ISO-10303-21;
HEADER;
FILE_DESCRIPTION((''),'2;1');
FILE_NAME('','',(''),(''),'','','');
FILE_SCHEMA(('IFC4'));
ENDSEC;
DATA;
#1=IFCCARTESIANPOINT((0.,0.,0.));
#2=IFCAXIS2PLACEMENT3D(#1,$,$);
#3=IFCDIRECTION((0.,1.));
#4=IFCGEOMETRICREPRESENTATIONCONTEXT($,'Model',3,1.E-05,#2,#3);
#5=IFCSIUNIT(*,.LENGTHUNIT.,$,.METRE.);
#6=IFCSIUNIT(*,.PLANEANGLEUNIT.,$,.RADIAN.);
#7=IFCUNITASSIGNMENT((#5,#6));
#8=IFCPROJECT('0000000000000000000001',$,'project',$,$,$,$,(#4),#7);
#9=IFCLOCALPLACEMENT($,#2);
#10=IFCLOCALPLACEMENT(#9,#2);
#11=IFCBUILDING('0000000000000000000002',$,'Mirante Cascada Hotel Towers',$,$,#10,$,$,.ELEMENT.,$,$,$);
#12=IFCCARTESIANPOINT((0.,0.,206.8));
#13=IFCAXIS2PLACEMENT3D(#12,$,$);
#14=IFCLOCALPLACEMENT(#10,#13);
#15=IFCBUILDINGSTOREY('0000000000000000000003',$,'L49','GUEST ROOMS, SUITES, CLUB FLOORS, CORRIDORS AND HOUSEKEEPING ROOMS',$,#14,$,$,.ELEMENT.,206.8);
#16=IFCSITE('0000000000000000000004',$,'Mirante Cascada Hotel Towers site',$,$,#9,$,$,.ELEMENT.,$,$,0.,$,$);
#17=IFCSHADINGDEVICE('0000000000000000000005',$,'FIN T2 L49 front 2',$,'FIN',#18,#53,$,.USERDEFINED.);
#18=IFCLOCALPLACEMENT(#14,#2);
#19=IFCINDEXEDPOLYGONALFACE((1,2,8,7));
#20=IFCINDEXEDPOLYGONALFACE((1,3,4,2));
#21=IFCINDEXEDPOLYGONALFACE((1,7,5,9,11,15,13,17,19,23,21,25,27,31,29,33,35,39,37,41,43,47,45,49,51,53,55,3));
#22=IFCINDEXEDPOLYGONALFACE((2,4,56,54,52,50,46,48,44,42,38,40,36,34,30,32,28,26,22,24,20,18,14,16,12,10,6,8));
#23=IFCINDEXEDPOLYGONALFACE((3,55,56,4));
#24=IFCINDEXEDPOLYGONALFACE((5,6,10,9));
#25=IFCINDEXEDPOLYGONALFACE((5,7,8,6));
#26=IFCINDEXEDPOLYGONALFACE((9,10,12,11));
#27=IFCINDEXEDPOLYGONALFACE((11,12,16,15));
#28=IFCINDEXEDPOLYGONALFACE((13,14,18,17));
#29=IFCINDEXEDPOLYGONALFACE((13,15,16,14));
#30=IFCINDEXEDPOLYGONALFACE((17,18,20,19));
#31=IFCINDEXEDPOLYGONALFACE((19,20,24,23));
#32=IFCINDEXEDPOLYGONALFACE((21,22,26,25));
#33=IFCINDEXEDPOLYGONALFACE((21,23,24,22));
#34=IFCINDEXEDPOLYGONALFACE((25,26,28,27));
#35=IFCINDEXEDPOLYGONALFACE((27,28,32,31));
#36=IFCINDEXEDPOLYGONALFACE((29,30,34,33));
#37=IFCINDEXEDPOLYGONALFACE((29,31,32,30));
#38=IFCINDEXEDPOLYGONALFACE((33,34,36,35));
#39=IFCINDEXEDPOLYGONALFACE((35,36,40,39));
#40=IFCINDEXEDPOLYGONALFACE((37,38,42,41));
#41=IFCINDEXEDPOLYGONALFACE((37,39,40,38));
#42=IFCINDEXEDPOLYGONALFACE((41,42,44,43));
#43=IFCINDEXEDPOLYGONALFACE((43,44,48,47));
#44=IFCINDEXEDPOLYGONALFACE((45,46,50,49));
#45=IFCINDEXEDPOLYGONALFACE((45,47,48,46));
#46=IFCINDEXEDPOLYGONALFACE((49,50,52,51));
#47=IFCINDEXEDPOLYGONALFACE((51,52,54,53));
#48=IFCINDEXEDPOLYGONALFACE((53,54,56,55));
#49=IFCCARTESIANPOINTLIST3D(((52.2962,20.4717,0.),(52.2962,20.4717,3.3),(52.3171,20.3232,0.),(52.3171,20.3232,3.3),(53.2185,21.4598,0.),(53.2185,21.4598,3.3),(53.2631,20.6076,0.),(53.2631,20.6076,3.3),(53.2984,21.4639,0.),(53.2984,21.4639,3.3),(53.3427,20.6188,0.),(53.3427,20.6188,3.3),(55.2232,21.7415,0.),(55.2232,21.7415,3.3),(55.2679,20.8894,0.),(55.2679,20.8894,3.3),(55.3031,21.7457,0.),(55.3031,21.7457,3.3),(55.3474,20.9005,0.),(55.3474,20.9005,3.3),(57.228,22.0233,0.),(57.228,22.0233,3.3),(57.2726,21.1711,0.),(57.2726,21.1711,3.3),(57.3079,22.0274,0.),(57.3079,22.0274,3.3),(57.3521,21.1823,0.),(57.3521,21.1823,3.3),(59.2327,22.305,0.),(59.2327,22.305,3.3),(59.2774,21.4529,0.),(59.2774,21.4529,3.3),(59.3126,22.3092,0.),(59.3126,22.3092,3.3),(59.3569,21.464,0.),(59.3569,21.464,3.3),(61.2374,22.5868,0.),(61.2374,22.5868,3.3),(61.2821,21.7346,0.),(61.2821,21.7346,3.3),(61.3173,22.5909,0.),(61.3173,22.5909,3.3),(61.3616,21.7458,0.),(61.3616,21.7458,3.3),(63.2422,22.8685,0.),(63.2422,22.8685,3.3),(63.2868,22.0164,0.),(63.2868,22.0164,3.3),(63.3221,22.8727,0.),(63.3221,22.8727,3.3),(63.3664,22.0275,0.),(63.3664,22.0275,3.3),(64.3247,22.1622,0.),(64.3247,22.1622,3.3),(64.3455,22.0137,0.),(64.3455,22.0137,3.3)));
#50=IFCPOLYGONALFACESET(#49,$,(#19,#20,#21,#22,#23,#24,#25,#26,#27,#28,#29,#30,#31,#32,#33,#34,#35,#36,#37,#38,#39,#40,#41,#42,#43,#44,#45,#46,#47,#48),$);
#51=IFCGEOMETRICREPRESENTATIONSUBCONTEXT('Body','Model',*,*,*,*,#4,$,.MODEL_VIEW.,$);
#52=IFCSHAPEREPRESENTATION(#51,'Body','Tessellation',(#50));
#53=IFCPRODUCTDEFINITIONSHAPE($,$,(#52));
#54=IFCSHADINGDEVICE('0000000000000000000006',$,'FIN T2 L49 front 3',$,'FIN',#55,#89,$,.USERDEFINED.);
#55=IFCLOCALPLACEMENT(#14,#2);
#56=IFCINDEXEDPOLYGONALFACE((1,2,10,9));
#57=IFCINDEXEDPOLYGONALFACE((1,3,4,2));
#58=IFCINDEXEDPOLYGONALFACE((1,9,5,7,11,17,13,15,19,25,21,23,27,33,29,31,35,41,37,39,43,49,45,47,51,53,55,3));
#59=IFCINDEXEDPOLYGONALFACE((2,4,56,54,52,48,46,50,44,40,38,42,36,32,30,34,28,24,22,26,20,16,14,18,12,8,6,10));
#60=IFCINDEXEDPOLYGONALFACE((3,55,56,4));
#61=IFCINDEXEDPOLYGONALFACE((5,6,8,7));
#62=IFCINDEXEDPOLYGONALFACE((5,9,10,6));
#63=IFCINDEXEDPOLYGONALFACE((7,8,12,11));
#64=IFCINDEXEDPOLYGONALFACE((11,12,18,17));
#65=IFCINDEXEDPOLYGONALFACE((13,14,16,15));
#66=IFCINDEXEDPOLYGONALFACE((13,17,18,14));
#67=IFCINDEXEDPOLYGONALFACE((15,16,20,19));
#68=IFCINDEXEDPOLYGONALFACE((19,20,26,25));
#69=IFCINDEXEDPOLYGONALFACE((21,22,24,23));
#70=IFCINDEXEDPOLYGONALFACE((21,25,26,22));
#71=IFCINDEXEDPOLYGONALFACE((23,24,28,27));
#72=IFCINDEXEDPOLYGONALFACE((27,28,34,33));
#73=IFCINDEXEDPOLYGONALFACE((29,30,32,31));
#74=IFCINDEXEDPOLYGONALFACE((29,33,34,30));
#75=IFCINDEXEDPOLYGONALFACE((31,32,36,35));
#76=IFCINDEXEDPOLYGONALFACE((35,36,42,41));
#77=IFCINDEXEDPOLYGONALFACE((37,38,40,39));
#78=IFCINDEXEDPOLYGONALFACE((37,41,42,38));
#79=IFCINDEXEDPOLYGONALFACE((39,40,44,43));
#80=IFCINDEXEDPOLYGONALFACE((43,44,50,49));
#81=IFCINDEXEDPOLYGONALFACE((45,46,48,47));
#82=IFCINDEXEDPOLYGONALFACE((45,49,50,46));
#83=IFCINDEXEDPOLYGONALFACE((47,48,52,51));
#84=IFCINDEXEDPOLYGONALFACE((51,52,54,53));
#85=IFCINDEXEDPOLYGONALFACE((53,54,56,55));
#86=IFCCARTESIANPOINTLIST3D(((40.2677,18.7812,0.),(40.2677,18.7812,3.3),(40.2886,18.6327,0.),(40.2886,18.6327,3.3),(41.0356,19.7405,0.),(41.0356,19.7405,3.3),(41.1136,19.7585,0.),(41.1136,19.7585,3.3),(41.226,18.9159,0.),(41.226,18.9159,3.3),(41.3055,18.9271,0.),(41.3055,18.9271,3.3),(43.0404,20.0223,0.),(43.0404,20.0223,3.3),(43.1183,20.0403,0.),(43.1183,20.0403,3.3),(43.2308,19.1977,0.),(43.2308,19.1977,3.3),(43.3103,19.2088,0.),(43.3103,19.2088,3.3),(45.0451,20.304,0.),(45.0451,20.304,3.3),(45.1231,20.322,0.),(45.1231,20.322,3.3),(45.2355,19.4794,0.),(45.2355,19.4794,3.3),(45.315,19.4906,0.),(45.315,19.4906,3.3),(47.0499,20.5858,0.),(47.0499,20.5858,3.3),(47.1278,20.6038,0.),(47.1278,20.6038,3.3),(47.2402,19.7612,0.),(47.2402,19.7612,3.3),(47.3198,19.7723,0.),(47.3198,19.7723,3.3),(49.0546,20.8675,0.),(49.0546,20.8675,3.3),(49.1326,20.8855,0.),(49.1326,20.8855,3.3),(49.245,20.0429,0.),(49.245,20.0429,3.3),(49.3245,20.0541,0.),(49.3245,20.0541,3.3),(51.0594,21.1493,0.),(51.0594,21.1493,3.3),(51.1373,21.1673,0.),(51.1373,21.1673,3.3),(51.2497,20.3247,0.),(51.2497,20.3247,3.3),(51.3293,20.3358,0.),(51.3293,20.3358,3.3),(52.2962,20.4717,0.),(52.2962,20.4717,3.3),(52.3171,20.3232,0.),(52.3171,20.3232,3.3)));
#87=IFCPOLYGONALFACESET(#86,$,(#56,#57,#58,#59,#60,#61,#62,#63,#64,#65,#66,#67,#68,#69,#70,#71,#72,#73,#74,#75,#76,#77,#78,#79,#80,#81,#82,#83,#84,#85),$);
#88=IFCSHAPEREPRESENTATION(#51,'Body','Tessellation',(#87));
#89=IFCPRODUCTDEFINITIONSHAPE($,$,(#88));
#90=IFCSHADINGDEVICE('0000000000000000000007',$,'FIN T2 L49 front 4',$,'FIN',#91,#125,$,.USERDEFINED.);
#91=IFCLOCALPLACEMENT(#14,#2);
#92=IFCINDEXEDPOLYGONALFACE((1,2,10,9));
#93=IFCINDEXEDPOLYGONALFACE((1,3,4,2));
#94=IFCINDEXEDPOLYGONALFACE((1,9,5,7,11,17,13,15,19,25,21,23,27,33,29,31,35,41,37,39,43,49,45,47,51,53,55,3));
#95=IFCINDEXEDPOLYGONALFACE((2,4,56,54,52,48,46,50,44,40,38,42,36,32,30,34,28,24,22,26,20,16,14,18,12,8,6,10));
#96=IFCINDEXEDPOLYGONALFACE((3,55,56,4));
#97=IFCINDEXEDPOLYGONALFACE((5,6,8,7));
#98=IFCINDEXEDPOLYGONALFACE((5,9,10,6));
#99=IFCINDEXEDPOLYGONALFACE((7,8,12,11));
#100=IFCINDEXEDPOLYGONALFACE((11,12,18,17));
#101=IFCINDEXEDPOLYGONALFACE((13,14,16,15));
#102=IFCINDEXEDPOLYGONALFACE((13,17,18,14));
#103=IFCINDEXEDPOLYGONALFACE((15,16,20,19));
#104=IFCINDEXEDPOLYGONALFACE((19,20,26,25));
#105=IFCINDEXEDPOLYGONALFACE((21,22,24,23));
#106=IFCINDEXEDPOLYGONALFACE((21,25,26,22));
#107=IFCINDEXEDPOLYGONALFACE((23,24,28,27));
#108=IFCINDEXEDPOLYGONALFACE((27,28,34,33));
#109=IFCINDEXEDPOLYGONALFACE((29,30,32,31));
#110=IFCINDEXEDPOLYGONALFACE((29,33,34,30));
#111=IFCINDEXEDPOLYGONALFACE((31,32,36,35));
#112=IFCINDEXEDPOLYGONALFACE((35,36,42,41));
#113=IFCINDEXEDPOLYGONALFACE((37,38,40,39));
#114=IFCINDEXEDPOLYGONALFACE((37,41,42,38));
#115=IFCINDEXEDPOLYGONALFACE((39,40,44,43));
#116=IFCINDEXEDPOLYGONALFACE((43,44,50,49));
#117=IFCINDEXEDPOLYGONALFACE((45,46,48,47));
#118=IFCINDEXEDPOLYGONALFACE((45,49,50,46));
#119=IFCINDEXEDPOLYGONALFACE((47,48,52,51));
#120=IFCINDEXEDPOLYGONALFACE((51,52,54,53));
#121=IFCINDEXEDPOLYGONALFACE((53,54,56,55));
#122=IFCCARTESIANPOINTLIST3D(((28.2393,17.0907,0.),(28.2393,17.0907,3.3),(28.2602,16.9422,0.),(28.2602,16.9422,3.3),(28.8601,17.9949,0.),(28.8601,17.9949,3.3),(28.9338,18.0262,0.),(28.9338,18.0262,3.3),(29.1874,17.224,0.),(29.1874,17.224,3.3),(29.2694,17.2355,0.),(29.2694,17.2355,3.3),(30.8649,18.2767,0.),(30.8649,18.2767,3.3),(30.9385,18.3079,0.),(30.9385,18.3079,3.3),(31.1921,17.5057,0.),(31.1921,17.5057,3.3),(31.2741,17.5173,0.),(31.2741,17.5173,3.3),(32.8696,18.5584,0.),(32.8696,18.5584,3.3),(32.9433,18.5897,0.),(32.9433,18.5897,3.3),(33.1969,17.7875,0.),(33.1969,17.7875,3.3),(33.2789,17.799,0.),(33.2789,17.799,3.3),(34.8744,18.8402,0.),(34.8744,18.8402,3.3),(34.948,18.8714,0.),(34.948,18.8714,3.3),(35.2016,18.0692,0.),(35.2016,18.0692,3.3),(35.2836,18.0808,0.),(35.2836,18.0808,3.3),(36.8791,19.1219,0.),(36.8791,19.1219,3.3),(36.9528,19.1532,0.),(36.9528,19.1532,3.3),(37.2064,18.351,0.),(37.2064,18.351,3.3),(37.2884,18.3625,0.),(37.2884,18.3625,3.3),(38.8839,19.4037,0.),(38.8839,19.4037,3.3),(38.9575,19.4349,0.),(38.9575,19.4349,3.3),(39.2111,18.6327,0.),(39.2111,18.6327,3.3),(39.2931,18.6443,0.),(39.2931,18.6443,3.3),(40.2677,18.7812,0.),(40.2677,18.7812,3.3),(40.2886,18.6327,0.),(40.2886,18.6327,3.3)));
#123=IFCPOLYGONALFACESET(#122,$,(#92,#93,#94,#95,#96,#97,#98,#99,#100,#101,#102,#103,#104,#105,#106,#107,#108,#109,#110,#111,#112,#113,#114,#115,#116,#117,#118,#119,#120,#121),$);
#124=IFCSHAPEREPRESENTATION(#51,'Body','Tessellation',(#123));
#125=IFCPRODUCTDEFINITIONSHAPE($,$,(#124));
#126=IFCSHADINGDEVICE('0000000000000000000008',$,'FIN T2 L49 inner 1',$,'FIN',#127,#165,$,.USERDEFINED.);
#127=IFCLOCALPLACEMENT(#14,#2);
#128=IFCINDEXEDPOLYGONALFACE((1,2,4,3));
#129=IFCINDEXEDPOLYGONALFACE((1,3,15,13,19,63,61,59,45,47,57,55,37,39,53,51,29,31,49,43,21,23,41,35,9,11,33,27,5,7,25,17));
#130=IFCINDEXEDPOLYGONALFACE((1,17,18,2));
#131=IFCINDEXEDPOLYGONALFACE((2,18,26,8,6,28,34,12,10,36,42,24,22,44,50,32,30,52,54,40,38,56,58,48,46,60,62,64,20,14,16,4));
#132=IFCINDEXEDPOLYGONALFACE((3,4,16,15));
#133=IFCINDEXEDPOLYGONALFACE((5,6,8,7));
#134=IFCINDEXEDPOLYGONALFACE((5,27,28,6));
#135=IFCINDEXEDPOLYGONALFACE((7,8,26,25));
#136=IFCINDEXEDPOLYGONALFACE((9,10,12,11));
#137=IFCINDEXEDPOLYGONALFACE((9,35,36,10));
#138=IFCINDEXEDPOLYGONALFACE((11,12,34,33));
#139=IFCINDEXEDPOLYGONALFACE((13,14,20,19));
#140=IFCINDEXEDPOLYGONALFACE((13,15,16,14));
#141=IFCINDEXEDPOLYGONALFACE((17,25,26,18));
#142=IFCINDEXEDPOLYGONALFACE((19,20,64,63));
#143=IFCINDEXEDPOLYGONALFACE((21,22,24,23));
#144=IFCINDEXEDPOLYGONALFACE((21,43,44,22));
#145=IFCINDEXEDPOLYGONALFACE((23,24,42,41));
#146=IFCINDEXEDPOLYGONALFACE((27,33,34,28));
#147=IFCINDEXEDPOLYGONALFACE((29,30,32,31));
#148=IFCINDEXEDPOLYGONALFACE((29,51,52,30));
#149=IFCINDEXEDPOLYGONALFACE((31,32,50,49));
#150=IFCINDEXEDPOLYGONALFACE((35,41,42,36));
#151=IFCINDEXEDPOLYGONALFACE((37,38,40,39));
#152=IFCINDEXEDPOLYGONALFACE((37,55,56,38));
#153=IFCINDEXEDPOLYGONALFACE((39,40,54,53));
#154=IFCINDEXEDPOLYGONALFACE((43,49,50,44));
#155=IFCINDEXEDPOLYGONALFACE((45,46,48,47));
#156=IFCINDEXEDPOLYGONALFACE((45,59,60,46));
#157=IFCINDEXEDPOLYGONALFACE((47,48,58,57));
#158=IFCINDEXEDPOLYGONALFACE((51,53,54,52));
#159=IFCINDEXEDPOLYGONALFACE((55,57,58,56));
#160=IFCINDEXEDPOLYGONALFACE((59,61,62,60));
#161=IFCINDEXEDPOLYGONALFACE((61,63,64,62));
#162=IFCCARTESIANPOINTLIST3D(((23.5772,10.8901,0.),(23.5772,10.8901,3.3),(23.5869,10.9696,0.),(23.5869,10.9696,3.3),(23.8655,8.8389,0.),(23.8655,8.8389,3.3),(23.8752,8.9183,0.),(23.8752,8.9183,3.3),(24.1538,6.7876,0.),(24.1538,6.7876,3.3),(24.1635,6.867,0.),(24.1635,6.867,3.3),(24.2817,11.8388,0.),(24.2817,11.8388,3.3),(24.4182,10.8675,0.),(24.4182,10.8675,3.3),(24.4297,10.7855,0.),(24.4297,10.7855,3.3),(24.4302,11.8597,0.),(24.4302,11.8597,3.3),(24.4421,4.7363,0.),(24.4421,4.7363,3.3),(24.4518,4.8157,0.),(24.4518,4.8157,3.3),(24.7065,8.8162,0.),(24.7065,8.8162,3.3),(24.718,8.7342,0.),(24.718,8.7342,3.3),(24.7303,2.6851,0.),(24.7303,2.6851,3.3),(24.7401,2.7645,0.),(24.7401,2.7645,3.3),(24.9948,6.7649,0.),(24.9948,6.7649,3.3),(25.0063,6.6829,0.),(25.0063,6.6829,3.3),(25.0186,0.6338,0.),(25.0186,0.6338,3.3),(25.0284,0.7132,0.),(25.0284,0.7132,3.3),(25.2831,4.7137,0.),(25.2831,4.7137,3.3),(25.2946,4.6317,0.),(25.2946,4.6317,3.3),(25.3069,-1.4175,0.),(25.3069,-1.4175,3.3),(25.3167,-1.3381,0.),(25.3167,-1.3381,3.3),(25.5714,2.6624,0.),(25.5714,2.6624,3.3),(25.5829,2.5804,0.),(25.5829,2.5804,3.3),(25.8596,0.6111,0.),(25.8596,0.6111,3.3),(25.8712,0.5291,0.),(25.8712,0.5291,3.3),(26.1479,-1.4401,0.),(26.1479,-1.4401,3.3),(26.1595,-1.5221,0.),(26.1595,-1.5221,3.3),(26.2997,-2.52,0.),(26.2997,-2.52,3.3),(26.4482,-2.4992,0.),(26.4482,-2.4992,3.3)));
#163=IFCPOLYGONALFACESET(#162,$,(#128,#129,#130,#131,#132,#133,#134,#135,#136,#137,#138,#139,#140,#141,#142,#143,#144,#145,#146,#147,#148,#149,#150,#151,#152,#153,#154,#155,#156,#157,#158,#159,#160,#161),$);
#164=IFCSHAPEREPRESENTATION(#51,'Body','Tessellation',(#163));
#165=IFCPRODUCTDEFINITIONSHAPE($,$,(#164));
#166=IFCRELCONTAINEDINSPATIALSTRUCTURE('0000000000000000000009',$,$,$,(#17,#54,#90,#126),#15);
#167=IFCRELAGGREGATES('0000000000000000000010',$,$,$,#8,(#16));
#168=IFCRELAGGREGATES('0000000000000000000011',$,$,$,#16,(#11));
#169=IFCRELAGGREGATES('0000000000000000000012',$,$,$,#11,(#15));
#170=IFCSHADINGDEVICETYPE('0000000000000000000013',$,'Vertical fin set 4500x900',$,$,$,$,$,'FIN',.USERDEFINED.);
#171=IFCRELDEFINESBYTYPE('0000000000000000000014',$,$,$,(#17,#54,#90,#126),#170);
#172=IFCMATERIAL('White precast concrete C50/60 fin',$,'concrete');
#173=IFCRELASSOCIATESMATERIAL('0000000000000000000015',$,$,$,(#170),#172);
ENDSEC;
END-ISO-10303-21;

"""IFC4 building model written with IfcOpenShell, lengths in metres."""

from ifc_helpers import new_model, si_unit, direction, frame, origin, place, context, subcontext, project, spatial, polyline, outline, extrude, material, type_object, element, save


model = new_model("IFC4")

# Units and contexts
model_context = context("Model", 3, precision=1e-05, world=origin(), true_north=direction((0.0, 1.0)))
body_context = subcontext(model_context, "Body", "Model", "MODEL_VIEW")
ifc_project = project(units=[si_unit("LENGTHUNIT", "METRE"), si_unit("PLANEANGLEUNIT", "RADIAN")], contexts=[model_context])

# Site, building, storey
site_placement = place(None, origin())
site = spatial("IfcSite", under=ifc_project, at=site_placement, Name="Mirante Cascada Hotel Towers site", CompositionType="ELEMENT", RefElevation=0.0)
building_placement = place(site_placement, origin())
building = spatial("IfcBuilding", under=site, at=building_placement, Name="Mirante Cascada Hotel Towers", CompositionType="ELEMENT")
storey_placement = place(building_placement, frame((0.0, 0.0, 206.8)))
storey = spatial("IfcBuildingStorey", under=building, at=storey_placement, Name="L49", Description="GUEST ROOMS, SUITES, CLUB FLOORS, CORRIDORS AND HOUSEKEEPING ROOMS", CompositionType="ELEMENT", Elevation=206.8)

# Shading devices
ifc_material_1 = material(Name="White precast concrete C50/60 fin", Category="concrete")
shading_device_type = type_object("IfcShadingDeviceType", Name="Vertical fin set 4500x900", ElementType="FIN", PredefinedType="USERDEFINED", material=ifc_material_1)
shading_device_1_placement = place(storey_placement, origin())
element("IfcShadingDevice", 1, at=shading_device_1_placement, inside=storey, type_object=shading_device_type, Name="FIN T2 L49 front 2", ObjectType="FIN", PredefinedType="USERDEFINED", context=body_context, shape_type="SweptSolid", body=[
    extrude(outline(polyline([(53.2984, 21.4639), (53.3427, 20.6188), (55.2679, 20.8894), (55.2232, 21.7415), (55.3031, 21.7457), (55.3474, 20.9005), (57.2726, 21.1711), (57.228, 22.0233), (57.3079, 22.0274), (57.3521, 21.1823), (59.2774, 21.4529), (59.2327, 22.305), (59.3126, 22.3092), (59.3569, 21.464), (61.2821, 21.7346), (61.2374, 22.5868), (61.3173, 22.5909), (61.3616, 21.7458), (63.2868, 22.0164), (63.2422, 22.8685), (63.3221, 22.8727), (63.3664, 22.0275), (64.3247, 22.1622), (64.3455, 22.0137), (52.3171, 20.3232), (52.2962, 20.4717), (53.2631, 20.6076), (53.2185, 21.4598), (53.2984, 21.4639)])), origin(), (0.0, 0.0, 1.0), 3.3),
])
shading_device_2_placement = place(storey_placement, origin())
element("IfcShadingDevice", 2, at=shading_device_2_placement, inside=storey, type_object=shading_device_type, Name="FIN T2 L49 front 3", ObjectType="FIN", PredefinedType="USERDEFINED", context=body_context, shape_type="SweptSolid", body=[
    extrude(outline(polyline([(41.1136, 19.7585), (41.3055, 18.9271), (43.2308, 19.1977), (43.0404, 20.0223), (43.1183, 20.0403), (43.3103, 19.2088), (45.2355, 19.4794), (45.0451, 20.304), (45.1231, 20.322), (45.315, 19.4906), (47.2402, 19.7612), (47.0499, 20.5858), (47.1278, 20.6038), (47.3198, 19.7723), (49.245, 20.0429), (49.0546, 20.8675), (49.1326, 20.8855), (49.3245, 20.0541), (51.2497, 20.3247), (51.0594, 21.1493), (51.1373, 21.1673), (51.3293, 20.3358), (52.2962, 20.4717), (52.3171, 20.3232), (40.2886, 18.6327), (40.2677, 18.7812), (41.226, 18.9159), (41.0356, 19.7405), (41.1136, 19.7585)])), origin(), (0.0, 0.0, 1.0), 3.3),
])
shading_device_3_placement = place(storey_placement, origin())
element("IfcShadingDevice", 3, at=shading_device_3_placement, inside=storey, type_object=shading_device_type, Name="FIN T2 L49 front 4", ObjectType="FIN", PredefinedType="USERDEFINED", context=body_context, shape_type="SweptSolid", body=[
    extrude(outline(polyline([(28.9338, 18.0262), (29.2694, 17.2355), (31.1921, 17.5057), (30.8649, 18.2767), (30.9385, 18.3079), (31.2741, 17.5173), (33.1969, 17.7875), (32.8696, 18.5584), (32.9433, 18.5897), (33.2789, 17.799), (35.2016, 18.0692), (34.8744, 18.8402), (34.948, 18.8714), (35.2836, 18.0808), (37.2064, 18.351), (36.8791, 19.1219), (36.9528, 19.1532), (37.2884, 18.3625), (39.2111, 18.6327), (38.8839, 19.4037), (38.9575, 19.4349), (39.2931, 18.6443), (40.2677, 18.7812), (40.2886, 18.6327), (28.2602, 16.9422), (28.2393, 17.0907), (29.1874, 17.224), (28.8601, 17.9949), (28.9338, 18.0262)])), origin(), (0.0, 0.0, 1.0), 3.3),
])
shading_device_4_placement = place(storey_placement, origin())
element("IfcShadingDevice", 4, at=shading_device_4_placement, inside=storey, type_object=shading_device_type, Name="FIN T2 L49 inner 1", ObjectType="FIN", PredefinedType="USERDEFINED", context=body_context, shape_type="SweptSolid", body=[
    extrude(outline(polyline([(25.3167, -1.3381), (26.1479, -1.4401), (25.8712, 0.5291), (25.0186, 0.6338), (25.0284, 0.7132), (25.8596, 0.6111), (25.5829, 2.5804), (24.7303, 2.6851), (24.7401, 2.7645), (25.5714, 2.6624), (25.2946, 4.6317), (24.4421, 4.7363), (24.4518, 4.8157), (25.2831, 4.7137), (25.0063, 6.6829), (24.1538, 6.7876), (24.1635, 6.867), (24.9948, 6.7649), (24.718, 8.7342), (23.8655, 8.8389), (23.8752, 8.9183), (24.7065, 8.8162), (24.4297, 10.7855), (23.5772, 10.8901), (23.5869, 10.9696), (24.4182, 10.8675), (24.2817, 11.8388), (24.4302, 11.8597), (26.4482, -2.4992), (26.2997, -2.52), (26.1595, -1.5221), (25.3069, -1.4175), (25.3167, -1.3381)])), origin(), (0.0, 0.0, 1.0), 3.3),
])

save(model, "model.ifc")
